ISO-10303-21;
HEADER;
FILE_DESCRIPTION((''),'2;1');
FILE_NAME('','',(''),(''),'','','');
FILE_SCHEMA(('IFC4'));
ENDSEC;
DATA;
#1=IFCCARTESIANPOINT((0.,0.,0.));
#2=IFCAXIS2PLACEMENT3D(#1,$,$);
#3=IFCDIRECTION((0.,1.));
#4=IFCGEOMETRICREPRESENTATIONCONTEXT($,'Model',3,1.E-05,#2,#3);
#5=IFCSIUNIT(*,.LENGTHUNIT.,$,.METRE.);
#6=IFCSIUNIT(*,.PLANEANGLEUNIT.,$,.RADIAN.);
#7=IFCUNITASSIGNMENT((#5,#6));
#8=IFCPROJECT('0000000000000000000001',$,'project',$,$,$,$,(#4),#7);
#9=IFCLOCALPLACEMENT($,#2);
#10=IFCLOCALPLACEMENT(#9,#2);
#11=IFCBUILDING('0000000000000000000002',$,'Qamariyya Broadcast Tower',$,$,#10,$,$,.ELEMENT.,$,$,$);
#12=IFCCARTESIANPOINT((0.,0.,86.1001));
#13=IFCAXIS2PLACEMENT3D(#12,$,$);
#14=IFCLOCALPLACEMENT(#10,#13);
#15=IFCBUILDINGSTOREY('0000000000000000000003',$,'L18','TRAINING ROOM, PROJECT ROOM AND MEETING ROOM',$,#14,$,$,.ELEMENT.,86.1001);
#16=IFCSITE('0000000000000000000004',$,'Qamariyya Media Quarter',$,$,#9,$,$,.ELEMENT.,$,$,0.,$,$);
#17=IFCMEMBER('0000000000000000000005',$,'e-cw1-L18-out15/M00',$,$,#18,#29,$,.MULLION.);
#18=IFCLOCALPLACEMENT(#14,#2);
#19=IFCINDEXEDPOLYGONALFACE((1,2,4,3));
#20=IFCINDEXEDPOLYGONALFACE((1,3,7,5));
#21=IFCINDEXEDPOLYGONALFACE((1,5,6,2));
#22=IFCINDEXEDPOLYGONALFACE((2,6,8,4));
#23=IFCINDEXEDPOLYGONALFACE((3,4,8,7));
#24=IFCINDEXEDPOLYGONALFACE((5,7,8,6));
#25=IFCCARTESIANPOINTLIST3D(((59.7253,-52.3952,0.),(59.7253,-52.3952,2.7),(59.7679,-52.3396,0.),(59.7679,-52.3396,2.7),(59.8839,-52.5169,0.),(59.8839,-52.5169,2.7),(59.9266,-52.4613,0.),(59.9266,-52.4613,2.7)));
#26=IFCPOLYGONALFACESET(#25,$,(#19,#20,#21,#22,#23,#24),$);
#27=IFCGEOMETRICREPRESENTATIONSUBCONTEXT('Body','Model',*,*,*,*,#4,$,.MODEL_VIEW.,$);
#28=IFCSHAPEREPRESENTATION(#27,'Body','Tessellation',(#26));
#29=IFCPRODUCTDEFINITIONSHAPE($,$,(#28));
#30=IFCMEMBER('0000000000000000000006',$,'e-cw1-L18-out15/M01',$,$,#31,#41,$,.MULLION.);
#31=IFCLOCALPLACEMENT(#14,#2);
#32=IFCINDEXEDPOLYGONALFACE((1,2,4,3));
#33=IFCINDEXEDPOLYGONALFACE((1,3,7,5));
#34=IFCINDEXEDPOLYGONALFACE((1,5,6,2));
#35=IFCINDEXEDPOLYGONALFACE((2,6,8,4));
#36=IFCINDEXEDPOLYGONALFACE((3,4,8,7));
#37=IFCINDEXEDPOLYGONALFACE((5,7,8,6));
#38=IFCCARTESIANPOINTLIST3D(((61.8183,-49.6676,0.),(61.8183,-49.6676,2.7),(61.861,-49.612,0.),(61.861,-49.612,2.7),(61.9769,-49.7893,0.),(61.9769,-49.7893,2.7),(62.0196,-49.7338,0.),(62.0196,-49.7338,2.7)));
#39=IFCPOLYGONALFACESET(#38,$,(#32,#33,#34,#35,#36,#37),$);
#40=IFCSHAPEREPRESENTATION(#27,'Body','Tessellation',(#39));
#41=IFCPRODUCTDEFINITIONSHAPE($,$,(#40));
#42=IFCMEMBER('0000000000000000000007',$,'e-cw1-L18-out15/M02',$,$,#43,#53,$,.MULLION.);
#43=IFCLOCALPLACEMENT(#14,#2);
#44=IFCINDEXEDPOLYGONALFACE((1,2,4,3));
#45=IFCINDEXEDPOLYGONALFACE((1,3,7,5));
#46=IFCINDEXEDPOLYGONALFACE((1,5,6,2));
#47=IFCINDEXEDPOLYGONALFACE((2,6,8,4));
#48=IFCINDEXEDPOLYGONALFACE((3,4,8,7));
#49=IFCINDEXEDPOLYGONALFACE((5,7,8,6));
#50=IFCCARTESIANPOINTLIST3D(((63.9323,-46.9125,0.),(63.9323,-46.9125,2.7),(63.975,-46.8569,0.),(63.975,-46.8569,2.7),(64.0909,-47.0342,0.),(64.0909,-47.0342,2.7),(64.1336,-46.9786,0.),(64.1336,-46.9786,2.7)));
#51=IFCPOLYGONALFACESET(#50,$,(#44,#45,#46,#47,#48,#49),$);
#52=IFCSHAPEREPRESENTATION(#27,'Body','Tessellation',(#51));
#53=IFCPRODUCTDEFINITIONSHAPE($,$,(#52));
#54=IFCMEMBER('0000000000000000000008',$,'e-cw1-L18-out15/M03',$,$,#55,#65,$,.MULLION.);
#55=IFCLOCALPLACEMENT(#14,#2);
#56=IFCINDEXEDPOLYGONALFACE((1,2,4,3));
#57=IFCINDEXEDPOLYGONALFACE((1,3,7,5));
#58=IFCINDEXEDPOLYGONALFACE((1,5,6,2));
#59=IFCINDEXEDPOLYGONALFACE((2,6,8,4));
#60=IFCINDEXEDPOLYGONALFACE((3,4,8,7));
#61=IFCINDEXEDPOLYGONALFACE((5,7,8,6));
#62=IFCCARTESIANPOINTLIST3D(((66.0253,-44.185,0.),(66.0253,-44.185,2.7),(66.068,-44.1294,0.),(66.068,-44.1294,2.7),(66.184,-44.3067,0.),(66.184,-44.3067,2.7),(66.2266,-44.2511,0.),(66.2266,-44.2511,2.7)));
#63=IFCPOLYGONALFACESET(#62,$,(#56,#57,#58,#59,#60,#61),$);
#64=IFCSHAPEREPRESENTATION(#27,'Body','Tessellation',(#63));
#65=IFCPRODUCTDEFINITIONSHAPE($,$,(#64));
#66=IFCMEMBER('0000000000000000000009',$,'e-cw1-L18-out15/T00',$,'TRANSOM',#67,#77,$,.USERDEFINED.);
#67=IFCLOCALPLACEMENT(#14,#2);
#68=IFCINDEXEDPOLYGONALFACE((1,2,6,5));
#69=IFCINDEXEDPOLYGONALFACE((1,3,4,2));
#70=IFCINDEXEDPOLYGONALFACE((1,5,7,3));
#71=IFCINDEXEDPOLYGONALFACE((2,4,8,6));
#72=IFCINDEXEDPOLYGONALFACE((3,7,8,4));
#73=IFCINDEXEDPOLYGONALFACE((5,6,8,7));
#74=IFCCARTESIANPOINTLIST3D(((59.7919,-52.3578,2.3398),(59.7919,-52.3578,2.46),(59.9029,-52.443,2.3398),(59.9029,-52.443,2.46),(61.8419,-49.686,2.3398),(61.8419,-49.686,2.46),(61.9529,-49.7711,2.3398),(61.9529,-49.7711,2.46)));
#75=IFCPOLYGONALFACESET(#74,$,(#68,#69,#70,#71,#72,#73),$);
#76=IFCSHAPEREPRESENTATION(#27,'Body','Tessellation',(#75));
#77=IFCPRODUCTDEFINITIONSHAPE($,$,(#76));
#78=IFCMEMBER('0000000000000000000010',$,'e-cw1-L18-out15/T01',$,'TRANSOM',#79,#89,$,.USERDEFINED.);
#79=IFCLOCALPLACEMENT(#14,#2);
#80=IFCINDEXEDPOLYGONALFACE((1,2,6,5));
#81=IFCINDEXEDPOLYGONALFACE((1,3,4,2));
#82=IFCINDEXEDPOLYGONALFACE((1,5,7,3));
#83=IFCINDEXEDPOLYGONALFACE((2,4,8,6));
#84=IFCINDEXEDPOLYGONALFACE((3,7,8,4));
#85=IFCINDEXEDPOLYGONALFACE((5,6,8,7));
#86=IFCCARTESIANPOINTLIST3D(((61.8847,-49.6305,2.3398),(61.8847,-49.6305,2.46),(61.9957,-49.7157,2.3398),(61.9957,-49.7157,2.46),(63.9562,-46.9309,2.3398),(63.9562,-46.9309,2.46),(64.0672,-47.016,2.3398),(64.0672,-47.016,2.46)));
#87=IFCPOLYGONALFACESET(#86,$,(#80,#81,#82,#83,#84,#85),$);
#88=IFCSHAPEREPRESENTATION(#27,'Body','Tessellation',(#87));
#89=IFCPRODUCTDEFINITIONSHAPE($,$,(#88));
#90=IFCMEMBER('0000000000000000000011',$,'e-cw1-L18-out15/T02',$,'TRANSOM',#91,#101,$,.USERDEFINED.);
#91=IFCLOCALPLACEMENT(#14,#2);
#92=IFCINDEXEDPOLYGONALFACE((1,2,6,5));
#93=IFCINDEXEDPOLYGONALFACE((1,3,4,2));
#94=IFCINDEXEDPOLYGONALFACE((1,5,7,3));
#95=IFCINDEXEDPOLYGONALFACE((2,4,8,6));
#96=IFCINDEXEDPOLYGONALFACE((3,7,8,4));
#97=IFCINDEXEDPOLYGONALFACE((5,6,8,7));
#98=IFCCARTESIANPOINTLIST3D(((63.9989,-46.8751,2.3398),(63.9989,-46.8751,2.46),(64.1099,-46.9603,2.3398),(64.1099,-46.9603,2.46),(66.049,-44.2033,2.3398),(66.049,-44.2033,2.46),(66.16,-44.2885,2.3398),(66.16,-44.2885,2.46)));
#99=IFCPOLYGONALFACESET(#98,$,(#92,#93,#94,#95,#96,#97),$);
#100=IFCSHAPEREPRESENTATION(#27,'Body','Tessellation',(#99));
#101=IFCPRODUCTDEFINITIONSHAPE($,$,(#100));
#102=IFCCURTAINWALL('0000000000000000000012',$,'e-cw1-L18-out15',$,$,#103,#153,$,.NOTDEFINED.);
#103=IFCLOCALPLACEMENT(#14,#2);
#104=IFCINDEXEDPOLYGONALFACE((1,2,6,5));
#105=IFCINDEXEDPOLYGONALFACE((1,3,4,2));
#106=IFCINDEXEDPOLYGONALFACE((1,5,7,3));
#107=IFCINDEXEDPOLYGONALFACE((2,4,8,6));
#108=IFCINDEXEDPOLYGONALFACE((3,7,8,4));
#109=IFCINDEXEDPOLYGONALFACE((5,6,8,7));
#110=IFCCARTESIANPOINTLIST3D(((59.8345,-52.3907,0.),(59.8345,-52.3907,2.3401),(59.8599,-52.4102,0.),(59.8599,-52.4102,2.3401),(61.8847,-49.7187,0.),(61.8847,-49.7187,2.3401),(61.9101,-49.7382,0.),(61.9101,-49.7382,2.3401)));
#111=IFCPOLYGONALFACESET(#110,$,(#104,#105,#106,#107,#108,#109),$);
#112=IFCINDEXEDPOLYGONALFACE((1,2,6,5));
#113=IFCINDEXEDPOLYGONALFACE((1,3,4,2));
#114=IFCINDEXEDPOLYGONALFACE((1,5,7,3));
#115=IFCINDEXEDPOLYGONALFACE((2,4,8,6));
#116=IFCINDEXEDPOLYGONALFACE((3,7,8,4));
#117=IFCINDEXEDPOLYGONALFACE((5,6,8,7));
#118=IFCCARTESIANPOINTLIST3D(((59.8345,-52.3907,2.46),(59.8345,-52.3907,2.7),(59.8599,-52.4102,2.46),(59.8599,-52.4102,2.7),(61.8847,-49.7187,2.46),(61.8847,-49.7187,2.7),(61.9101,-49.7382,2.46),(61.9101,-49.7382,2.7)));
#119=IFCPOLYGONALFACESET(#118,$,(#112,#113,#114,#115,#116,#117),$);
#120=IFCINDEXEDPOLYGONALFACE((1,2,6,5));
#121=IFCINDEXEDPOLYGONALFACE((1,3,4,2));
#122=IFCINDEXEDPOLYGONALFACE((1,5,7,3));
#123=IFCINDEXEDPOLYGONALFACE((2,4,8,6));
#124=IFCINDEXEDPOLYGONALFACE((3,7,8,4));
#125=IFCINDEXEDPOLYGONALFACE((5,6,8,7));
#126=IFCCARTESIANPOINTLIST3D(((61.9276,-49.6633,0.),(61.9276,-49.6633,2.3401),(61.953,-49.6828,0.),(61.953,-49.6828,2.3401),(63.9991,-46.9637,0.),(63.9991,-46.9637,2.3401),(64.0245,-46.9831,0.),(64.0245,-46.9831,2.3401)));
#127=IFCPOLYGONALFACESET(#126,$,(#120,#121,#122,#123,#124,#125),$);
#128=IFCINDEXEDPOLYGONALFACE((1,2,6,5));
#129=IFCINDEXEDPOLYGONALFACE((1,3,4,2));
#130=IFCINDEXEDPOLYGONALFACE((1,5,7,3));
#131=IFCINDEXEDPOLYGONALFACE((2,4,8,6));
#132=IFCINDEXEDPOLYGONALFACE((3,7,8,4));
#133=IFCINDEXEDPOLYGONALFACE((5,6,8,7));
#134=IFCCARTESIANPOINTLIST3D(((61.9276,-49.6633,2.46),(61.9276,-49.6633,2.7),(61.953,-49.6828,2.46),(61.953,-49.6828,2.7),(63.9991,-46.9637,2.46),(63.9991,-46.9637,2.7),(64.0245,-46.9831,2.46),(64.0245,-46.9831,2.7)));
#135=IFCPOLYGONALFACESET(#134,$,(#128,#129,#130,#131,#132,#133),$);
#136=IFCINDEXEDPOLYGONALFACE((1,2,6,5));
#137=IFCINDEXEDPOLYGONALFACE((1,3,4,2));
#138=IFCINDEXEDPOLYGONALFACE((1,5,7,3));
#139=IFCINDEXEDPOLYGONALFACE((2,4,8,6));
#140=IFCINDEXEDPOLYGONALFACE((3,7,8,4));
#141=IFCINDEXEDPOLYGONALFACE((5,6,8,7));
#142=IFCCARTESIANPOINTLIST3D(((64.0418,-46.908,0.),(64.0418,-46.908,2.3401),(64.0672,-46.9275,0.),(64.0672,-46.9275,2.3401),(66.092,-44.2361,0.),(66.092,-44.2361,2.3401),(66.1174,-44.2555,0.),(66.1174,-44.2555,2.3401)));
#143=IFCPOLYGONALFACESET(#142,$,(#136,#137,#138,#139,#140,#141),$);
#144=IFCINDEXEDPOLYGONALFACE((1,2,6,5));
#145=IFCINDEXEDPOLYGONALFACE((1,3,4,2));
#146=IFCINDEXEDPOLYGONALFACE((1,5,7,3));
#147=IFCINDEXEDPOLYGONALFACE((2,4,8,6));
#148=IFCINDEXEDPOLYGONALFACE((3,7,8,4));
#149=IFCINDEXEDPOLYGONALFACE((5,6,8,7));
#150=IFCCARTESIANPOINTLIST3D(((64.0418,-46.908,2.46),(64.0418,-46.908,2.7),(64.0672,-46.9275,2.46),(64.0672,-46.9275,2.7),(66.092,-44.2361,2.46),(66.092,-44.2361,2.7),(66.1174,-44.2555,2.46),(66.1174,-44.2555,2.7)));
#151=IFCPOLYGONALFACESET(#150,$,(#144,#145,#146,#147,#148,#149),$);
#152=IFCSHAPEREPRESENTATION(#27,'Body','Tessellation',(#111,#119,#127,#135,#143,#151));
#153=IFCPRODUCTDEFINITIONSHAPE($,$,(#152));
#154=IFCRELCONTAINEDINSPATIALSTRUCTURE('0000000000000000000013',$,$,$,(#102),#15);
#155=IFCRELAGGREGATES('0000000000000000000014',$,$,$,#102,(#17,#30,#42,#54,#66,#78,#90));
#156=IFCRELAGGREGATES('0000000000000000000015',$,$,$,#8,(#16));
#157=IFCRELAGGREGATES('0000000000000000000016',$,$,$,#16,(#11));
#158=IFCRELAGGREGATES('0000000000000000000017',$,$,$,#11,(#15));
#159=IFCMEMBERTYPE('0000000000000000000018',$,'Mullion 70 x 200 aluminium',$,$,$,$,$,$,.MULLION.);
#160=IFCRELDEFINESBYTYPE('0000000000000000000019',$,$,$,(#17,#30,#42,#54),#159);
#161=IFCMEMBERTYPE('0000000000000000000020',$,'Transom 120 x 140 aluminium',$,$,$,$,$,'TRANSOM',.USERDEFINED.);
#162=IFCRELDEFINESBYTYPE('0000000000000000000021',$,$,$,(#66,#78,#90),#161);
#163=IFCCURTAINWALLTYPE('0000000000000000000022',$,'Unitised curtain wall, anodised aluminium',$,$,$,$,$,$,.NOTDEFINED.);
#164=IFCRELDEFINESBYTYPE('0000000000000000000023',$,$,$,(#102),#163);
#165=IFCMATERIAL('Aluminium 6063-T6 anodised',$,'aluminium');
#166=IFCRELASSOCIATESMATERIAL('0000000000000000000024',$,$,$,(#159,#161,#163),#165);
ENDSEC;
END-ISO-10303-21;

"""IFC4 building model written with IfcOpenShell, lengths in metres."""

from ifc_helpers import new_model, si_unit, direction, frame, origin, origin_2d, place, context, subcontext, project, spatial, rectangle, extrude, material, material_profile, profile_set, type_object, element, aggregate, save


model = new_model("IFC4")

# Units and contexts
model_context = context("Model", 3, precision=1e-05, world=origin(), true_north=direction((0.0, 1.0)))
body_context = subcontext(model_context, "Body", "Model", "MODEL_VIEW")
ifc_project = project(units=[si_unit("LENGTHUNIT", "METRE"), si_unit("PLANEANGLEUNIT", "RADIAN")], contexts=[model_context])

# Members
ifc_material = material(Name="Aluminium 6063-T6 anodised", Category="aluminium")
ifc_material_profile_1 = material_profile(ifc_material, rectangle(XDim=0.2, YDim=0.0701, at=origin_2d()))
ifc_profile_set_1 = profile_set([ifc_material_profile_1], Name="Aluminium 6063-T6 anodised")
member_type_1 = type_object("IfcMemberType", Name="Mullion 70 x 200 aluminium", PredefinedType="MULLION", material=ifc_profile_set_1)
site_placement = place(None, origin())
building_placement = place(site_placement, origin())
storey_placement = place(building_placement, frame((0.0, 0.0, 86.1001)))
member_1_placement = place(storey_placement, frame((59.8259, -52.4282, 0.0), z_axis=(0.0, 0.0, 1.0), x_axis=(-0.793353, 0.608761, 0.0)))
member_1 = element("IfcMember", 1, at=member_1_placement, type_object=member_type_1, Name="e-cw1-L18-out15/M00", PredefinedType="MULLION", context=body_context, shape_type="SweptSolid", body=[
    extrude(rectangle(XDim=0.2, YDim=0.0701, at=origin_2d()), origin(), (0.0, 0.0, 1.0), 2.7),
])
member_2_placement = place(storey_placement, frame((61.9189, -49.7007, 0.0), z_axis=(0.0, 0.0, 1.0), x_axis=(-0.793353, 0.608761, 0.0)))
member_2 = element("IfcMember", 2, at=member_2_placement, type_object=member_type_1, Name="e-cw1-L18-out15/M01", PredefinedType="MULLION", context=body_context, shape_type="SweptSolid", body=[
    extrude(rectangle(XDim=0.2, YDim=0.0701, at=origin_2d()), origin(), (0.0, 0.0, 1.0), 2.7),
])
member_3_placement = place(storey_placement, frame((64.033, -46.9456, 0.0), z_axis=(0.0, 0.0, 1.0), x_axis=(-0.793353, 0.608761, 0.0)))
member_3 = element("IfcMember", 3, at=member_3_placement, type_object=member_type_1, Name="e-cw1-L18-out15/M02", PredefinedType="MULLION", context=body_context, shape_type="SweptSolid", body=[
    extrude(rectangle(XDim=0.2, YDim=0.0701, at=origin_2d()), origin(), (0.0, 0.0, 1.0), 2.7),
])
member_4_placement = place(storey_placement, frame((66.126, -44.218, 0.0), z_axis=(0.0, 0.0, 1.0), x_axis=(-0.793353, 0.608761, 0.0)))
member_4 = element("IfcMember", 4, at=member_4_placement, type_object=member_type_1, Name="e-cw1-L18-out15/M03", PredefinedType="MULLION", context=body_context, shape_type="SweptSolid", body=[
    extrude(rectangle(XDim=0.2, YDim=0.0701, at=origin_2d()), origin(), (0.0, 0.0, 1.0), 2.7),
])
ifc_material_profile_2 = material_profile(ifc_material, rectangle(XDim=0.1399, YDim=0.1201, at=origin_2d()))
ifc_profile_set_2 = profile_set([ifc_material_profile_2], Name="Aluminium 6063-T6 anodised")
member_type_2 = type_object("IfcMemberType", Name="Transom 120 x 140 aluminium", ElementType="TRANSOM", PredefinedType="USERDEFINED", material=ifc_profile_set_2)
member_5_placement = place(storey_placement, frame((59.8474, -52.4004, 2.3999), z_axis=(0.608733, 0.793375, 0.0), x_axis=(-0.793375, 0.608733, 0.0)))
member_5 = element("IfcMember", 5, at=member_5_placement, type_object=member_type_2, Name="e-cw1-L18-out15/T00", ObjectType="TRANSOM", PredefinedType="USERDEFINED", context=body_context, shape_type="SweptSolid", body=[
    extrude(rectangle(XDim=0.1399, YDim=0.1201, at=origin_2d()), origin(), (0.0, 0.0, 1.0), 3.3677),
])
member_6_placement = place(storey_placement, frame((61.9402, -49.6731, 2.3999), z_axis=(0.608757, 0.793357, 0.0), x_axis=(-0.793357, 0.608757, 0.0)))
member_6 = element("IfcMember", 6, at=member_6_placement, type_object=member_type_2, Name="e-cw1-L18-out15/T01", ObjectType="TRANSOM", PredefinedType="USERDEFINED", context=body_context, shape_type="SweptSolid", body=[
    extrude(rectangle(XDim=0.1399, YDim=0.1201, at=origin_2d()), origin(), (0.0, 0.0, 1.0), 3.4028),
])
member_7_placement = place(storey_placement, frame((64.0544, -46.9177, 2.3999), z_axis=(0.608733, 0.793375, 0.0), x_axis=(-0.793375, 0.608733, 0.0)))
member_7 = element("IfcMember", 7, at=member_7_placement, type_object=member_type_2, Name="e-cw1-L18-out15/T02", ObjectType="TRANSOM", PredefinedType="USERDEFINED", context=body_context, shape_type="SweptSolid", body=[
    extrude(rectangle(XDim=0.1399, YDim=0.1201, at=origin_2d()), origin(), (0.0, 0.0, 1.0), 3.3677),
])

# Site, building, storey
site = spatial("IfcSite", under=ifc_project, at=site_placement, Name="Qamariyya Media Quarter", CompositionType="ELEMENT", RefElevation=0.0)
building = spatial("IfcBuilding", under=site, at=building_placement, Name="Qamariyya Broadcast Tower", CompositionType="ELEMENT")
storey = spatial("IfcBuildingStorey", under=building, at=storey_placement, Name="L18", Description="TRAINING ROOM, PROJECT ROOM AND MEETING ROOM", CompositionType="ELEMENT", Elevation=86.1001)

# Curtain wall
curtain_wall_type = type_object("IfcCurtainWallType", Name="Unitised curtain wall, anodised aluminium", PredefinedType="NOTDEFINED", material=ifc_material)
curtain_wall_1_placement = place(storey_placement, origin())
curtain_wall_1 = element("IfcCurtainWall", 8, at=curtain_wall_1_placement, inside=storey, type_object=curtain_wall_type, Name="e-cw1-L18-out15", PredefinedType="NOTDEFINED", context=body_context, shape_type="SweptSolid", body=[
    extrude(rectangle(XDim=3.3679, YDim=0.032, at=origin_2d()), frame((60.8723, -51.0645, 0.0), x_axis=(0.608756, 0.793358, 0.0)), (0.0, 0.0, 1.0), 2.3401),
    extrude(rectangle(XDim=3.3679, YDim=0.032, at=origin_2d()), frame((60.8723, -51.0645, 2.46), x_axis=(0.608756, 0.793358, 0.0)), (0.0, 0.0, 1.0), 0.24),
    extrude(rectangle(XDim=3.4028, YDim=0.032, at=origin_2d()), frame((62.9761, -48.3232, 0.0), x_axis=(0.608756, 0.793358, 0.0)), (0.0, 0.0, 1.0), 2.3401),
    extrude(rectangle(XDim=3.4028, YDim=0.032, at=origin_2d()), frame((62.9761, -48.3232, 2.46), x_axis=(0.608756, 0.793358, 0.0)), (0.0, 0.0, 1.0), 0.24),
    extrude(rectangle(XDim=3.3679, YDim=0.032, at=origin_2d()), frame((65.0796, -45.5818, 0.0), x_axis=(0.608756, 0.793358, 0.0)), (0.0, 0.0, 1.0), 2.3401),
    extrude(rectangle(XDim=3.3679, YDim=0.032, at=origin_2d()), frame((65.0796, -45.5818, 2.46), x_axis=(0.608756, 0.793358, 0.0)), (0.0, 0.0, 1.0), 0.24),
])
aggregate(curtain_wall_1, [member_1, member_2, member_3, member_4, member_5, member_6, member_7])

save(model, "model.ifc")
